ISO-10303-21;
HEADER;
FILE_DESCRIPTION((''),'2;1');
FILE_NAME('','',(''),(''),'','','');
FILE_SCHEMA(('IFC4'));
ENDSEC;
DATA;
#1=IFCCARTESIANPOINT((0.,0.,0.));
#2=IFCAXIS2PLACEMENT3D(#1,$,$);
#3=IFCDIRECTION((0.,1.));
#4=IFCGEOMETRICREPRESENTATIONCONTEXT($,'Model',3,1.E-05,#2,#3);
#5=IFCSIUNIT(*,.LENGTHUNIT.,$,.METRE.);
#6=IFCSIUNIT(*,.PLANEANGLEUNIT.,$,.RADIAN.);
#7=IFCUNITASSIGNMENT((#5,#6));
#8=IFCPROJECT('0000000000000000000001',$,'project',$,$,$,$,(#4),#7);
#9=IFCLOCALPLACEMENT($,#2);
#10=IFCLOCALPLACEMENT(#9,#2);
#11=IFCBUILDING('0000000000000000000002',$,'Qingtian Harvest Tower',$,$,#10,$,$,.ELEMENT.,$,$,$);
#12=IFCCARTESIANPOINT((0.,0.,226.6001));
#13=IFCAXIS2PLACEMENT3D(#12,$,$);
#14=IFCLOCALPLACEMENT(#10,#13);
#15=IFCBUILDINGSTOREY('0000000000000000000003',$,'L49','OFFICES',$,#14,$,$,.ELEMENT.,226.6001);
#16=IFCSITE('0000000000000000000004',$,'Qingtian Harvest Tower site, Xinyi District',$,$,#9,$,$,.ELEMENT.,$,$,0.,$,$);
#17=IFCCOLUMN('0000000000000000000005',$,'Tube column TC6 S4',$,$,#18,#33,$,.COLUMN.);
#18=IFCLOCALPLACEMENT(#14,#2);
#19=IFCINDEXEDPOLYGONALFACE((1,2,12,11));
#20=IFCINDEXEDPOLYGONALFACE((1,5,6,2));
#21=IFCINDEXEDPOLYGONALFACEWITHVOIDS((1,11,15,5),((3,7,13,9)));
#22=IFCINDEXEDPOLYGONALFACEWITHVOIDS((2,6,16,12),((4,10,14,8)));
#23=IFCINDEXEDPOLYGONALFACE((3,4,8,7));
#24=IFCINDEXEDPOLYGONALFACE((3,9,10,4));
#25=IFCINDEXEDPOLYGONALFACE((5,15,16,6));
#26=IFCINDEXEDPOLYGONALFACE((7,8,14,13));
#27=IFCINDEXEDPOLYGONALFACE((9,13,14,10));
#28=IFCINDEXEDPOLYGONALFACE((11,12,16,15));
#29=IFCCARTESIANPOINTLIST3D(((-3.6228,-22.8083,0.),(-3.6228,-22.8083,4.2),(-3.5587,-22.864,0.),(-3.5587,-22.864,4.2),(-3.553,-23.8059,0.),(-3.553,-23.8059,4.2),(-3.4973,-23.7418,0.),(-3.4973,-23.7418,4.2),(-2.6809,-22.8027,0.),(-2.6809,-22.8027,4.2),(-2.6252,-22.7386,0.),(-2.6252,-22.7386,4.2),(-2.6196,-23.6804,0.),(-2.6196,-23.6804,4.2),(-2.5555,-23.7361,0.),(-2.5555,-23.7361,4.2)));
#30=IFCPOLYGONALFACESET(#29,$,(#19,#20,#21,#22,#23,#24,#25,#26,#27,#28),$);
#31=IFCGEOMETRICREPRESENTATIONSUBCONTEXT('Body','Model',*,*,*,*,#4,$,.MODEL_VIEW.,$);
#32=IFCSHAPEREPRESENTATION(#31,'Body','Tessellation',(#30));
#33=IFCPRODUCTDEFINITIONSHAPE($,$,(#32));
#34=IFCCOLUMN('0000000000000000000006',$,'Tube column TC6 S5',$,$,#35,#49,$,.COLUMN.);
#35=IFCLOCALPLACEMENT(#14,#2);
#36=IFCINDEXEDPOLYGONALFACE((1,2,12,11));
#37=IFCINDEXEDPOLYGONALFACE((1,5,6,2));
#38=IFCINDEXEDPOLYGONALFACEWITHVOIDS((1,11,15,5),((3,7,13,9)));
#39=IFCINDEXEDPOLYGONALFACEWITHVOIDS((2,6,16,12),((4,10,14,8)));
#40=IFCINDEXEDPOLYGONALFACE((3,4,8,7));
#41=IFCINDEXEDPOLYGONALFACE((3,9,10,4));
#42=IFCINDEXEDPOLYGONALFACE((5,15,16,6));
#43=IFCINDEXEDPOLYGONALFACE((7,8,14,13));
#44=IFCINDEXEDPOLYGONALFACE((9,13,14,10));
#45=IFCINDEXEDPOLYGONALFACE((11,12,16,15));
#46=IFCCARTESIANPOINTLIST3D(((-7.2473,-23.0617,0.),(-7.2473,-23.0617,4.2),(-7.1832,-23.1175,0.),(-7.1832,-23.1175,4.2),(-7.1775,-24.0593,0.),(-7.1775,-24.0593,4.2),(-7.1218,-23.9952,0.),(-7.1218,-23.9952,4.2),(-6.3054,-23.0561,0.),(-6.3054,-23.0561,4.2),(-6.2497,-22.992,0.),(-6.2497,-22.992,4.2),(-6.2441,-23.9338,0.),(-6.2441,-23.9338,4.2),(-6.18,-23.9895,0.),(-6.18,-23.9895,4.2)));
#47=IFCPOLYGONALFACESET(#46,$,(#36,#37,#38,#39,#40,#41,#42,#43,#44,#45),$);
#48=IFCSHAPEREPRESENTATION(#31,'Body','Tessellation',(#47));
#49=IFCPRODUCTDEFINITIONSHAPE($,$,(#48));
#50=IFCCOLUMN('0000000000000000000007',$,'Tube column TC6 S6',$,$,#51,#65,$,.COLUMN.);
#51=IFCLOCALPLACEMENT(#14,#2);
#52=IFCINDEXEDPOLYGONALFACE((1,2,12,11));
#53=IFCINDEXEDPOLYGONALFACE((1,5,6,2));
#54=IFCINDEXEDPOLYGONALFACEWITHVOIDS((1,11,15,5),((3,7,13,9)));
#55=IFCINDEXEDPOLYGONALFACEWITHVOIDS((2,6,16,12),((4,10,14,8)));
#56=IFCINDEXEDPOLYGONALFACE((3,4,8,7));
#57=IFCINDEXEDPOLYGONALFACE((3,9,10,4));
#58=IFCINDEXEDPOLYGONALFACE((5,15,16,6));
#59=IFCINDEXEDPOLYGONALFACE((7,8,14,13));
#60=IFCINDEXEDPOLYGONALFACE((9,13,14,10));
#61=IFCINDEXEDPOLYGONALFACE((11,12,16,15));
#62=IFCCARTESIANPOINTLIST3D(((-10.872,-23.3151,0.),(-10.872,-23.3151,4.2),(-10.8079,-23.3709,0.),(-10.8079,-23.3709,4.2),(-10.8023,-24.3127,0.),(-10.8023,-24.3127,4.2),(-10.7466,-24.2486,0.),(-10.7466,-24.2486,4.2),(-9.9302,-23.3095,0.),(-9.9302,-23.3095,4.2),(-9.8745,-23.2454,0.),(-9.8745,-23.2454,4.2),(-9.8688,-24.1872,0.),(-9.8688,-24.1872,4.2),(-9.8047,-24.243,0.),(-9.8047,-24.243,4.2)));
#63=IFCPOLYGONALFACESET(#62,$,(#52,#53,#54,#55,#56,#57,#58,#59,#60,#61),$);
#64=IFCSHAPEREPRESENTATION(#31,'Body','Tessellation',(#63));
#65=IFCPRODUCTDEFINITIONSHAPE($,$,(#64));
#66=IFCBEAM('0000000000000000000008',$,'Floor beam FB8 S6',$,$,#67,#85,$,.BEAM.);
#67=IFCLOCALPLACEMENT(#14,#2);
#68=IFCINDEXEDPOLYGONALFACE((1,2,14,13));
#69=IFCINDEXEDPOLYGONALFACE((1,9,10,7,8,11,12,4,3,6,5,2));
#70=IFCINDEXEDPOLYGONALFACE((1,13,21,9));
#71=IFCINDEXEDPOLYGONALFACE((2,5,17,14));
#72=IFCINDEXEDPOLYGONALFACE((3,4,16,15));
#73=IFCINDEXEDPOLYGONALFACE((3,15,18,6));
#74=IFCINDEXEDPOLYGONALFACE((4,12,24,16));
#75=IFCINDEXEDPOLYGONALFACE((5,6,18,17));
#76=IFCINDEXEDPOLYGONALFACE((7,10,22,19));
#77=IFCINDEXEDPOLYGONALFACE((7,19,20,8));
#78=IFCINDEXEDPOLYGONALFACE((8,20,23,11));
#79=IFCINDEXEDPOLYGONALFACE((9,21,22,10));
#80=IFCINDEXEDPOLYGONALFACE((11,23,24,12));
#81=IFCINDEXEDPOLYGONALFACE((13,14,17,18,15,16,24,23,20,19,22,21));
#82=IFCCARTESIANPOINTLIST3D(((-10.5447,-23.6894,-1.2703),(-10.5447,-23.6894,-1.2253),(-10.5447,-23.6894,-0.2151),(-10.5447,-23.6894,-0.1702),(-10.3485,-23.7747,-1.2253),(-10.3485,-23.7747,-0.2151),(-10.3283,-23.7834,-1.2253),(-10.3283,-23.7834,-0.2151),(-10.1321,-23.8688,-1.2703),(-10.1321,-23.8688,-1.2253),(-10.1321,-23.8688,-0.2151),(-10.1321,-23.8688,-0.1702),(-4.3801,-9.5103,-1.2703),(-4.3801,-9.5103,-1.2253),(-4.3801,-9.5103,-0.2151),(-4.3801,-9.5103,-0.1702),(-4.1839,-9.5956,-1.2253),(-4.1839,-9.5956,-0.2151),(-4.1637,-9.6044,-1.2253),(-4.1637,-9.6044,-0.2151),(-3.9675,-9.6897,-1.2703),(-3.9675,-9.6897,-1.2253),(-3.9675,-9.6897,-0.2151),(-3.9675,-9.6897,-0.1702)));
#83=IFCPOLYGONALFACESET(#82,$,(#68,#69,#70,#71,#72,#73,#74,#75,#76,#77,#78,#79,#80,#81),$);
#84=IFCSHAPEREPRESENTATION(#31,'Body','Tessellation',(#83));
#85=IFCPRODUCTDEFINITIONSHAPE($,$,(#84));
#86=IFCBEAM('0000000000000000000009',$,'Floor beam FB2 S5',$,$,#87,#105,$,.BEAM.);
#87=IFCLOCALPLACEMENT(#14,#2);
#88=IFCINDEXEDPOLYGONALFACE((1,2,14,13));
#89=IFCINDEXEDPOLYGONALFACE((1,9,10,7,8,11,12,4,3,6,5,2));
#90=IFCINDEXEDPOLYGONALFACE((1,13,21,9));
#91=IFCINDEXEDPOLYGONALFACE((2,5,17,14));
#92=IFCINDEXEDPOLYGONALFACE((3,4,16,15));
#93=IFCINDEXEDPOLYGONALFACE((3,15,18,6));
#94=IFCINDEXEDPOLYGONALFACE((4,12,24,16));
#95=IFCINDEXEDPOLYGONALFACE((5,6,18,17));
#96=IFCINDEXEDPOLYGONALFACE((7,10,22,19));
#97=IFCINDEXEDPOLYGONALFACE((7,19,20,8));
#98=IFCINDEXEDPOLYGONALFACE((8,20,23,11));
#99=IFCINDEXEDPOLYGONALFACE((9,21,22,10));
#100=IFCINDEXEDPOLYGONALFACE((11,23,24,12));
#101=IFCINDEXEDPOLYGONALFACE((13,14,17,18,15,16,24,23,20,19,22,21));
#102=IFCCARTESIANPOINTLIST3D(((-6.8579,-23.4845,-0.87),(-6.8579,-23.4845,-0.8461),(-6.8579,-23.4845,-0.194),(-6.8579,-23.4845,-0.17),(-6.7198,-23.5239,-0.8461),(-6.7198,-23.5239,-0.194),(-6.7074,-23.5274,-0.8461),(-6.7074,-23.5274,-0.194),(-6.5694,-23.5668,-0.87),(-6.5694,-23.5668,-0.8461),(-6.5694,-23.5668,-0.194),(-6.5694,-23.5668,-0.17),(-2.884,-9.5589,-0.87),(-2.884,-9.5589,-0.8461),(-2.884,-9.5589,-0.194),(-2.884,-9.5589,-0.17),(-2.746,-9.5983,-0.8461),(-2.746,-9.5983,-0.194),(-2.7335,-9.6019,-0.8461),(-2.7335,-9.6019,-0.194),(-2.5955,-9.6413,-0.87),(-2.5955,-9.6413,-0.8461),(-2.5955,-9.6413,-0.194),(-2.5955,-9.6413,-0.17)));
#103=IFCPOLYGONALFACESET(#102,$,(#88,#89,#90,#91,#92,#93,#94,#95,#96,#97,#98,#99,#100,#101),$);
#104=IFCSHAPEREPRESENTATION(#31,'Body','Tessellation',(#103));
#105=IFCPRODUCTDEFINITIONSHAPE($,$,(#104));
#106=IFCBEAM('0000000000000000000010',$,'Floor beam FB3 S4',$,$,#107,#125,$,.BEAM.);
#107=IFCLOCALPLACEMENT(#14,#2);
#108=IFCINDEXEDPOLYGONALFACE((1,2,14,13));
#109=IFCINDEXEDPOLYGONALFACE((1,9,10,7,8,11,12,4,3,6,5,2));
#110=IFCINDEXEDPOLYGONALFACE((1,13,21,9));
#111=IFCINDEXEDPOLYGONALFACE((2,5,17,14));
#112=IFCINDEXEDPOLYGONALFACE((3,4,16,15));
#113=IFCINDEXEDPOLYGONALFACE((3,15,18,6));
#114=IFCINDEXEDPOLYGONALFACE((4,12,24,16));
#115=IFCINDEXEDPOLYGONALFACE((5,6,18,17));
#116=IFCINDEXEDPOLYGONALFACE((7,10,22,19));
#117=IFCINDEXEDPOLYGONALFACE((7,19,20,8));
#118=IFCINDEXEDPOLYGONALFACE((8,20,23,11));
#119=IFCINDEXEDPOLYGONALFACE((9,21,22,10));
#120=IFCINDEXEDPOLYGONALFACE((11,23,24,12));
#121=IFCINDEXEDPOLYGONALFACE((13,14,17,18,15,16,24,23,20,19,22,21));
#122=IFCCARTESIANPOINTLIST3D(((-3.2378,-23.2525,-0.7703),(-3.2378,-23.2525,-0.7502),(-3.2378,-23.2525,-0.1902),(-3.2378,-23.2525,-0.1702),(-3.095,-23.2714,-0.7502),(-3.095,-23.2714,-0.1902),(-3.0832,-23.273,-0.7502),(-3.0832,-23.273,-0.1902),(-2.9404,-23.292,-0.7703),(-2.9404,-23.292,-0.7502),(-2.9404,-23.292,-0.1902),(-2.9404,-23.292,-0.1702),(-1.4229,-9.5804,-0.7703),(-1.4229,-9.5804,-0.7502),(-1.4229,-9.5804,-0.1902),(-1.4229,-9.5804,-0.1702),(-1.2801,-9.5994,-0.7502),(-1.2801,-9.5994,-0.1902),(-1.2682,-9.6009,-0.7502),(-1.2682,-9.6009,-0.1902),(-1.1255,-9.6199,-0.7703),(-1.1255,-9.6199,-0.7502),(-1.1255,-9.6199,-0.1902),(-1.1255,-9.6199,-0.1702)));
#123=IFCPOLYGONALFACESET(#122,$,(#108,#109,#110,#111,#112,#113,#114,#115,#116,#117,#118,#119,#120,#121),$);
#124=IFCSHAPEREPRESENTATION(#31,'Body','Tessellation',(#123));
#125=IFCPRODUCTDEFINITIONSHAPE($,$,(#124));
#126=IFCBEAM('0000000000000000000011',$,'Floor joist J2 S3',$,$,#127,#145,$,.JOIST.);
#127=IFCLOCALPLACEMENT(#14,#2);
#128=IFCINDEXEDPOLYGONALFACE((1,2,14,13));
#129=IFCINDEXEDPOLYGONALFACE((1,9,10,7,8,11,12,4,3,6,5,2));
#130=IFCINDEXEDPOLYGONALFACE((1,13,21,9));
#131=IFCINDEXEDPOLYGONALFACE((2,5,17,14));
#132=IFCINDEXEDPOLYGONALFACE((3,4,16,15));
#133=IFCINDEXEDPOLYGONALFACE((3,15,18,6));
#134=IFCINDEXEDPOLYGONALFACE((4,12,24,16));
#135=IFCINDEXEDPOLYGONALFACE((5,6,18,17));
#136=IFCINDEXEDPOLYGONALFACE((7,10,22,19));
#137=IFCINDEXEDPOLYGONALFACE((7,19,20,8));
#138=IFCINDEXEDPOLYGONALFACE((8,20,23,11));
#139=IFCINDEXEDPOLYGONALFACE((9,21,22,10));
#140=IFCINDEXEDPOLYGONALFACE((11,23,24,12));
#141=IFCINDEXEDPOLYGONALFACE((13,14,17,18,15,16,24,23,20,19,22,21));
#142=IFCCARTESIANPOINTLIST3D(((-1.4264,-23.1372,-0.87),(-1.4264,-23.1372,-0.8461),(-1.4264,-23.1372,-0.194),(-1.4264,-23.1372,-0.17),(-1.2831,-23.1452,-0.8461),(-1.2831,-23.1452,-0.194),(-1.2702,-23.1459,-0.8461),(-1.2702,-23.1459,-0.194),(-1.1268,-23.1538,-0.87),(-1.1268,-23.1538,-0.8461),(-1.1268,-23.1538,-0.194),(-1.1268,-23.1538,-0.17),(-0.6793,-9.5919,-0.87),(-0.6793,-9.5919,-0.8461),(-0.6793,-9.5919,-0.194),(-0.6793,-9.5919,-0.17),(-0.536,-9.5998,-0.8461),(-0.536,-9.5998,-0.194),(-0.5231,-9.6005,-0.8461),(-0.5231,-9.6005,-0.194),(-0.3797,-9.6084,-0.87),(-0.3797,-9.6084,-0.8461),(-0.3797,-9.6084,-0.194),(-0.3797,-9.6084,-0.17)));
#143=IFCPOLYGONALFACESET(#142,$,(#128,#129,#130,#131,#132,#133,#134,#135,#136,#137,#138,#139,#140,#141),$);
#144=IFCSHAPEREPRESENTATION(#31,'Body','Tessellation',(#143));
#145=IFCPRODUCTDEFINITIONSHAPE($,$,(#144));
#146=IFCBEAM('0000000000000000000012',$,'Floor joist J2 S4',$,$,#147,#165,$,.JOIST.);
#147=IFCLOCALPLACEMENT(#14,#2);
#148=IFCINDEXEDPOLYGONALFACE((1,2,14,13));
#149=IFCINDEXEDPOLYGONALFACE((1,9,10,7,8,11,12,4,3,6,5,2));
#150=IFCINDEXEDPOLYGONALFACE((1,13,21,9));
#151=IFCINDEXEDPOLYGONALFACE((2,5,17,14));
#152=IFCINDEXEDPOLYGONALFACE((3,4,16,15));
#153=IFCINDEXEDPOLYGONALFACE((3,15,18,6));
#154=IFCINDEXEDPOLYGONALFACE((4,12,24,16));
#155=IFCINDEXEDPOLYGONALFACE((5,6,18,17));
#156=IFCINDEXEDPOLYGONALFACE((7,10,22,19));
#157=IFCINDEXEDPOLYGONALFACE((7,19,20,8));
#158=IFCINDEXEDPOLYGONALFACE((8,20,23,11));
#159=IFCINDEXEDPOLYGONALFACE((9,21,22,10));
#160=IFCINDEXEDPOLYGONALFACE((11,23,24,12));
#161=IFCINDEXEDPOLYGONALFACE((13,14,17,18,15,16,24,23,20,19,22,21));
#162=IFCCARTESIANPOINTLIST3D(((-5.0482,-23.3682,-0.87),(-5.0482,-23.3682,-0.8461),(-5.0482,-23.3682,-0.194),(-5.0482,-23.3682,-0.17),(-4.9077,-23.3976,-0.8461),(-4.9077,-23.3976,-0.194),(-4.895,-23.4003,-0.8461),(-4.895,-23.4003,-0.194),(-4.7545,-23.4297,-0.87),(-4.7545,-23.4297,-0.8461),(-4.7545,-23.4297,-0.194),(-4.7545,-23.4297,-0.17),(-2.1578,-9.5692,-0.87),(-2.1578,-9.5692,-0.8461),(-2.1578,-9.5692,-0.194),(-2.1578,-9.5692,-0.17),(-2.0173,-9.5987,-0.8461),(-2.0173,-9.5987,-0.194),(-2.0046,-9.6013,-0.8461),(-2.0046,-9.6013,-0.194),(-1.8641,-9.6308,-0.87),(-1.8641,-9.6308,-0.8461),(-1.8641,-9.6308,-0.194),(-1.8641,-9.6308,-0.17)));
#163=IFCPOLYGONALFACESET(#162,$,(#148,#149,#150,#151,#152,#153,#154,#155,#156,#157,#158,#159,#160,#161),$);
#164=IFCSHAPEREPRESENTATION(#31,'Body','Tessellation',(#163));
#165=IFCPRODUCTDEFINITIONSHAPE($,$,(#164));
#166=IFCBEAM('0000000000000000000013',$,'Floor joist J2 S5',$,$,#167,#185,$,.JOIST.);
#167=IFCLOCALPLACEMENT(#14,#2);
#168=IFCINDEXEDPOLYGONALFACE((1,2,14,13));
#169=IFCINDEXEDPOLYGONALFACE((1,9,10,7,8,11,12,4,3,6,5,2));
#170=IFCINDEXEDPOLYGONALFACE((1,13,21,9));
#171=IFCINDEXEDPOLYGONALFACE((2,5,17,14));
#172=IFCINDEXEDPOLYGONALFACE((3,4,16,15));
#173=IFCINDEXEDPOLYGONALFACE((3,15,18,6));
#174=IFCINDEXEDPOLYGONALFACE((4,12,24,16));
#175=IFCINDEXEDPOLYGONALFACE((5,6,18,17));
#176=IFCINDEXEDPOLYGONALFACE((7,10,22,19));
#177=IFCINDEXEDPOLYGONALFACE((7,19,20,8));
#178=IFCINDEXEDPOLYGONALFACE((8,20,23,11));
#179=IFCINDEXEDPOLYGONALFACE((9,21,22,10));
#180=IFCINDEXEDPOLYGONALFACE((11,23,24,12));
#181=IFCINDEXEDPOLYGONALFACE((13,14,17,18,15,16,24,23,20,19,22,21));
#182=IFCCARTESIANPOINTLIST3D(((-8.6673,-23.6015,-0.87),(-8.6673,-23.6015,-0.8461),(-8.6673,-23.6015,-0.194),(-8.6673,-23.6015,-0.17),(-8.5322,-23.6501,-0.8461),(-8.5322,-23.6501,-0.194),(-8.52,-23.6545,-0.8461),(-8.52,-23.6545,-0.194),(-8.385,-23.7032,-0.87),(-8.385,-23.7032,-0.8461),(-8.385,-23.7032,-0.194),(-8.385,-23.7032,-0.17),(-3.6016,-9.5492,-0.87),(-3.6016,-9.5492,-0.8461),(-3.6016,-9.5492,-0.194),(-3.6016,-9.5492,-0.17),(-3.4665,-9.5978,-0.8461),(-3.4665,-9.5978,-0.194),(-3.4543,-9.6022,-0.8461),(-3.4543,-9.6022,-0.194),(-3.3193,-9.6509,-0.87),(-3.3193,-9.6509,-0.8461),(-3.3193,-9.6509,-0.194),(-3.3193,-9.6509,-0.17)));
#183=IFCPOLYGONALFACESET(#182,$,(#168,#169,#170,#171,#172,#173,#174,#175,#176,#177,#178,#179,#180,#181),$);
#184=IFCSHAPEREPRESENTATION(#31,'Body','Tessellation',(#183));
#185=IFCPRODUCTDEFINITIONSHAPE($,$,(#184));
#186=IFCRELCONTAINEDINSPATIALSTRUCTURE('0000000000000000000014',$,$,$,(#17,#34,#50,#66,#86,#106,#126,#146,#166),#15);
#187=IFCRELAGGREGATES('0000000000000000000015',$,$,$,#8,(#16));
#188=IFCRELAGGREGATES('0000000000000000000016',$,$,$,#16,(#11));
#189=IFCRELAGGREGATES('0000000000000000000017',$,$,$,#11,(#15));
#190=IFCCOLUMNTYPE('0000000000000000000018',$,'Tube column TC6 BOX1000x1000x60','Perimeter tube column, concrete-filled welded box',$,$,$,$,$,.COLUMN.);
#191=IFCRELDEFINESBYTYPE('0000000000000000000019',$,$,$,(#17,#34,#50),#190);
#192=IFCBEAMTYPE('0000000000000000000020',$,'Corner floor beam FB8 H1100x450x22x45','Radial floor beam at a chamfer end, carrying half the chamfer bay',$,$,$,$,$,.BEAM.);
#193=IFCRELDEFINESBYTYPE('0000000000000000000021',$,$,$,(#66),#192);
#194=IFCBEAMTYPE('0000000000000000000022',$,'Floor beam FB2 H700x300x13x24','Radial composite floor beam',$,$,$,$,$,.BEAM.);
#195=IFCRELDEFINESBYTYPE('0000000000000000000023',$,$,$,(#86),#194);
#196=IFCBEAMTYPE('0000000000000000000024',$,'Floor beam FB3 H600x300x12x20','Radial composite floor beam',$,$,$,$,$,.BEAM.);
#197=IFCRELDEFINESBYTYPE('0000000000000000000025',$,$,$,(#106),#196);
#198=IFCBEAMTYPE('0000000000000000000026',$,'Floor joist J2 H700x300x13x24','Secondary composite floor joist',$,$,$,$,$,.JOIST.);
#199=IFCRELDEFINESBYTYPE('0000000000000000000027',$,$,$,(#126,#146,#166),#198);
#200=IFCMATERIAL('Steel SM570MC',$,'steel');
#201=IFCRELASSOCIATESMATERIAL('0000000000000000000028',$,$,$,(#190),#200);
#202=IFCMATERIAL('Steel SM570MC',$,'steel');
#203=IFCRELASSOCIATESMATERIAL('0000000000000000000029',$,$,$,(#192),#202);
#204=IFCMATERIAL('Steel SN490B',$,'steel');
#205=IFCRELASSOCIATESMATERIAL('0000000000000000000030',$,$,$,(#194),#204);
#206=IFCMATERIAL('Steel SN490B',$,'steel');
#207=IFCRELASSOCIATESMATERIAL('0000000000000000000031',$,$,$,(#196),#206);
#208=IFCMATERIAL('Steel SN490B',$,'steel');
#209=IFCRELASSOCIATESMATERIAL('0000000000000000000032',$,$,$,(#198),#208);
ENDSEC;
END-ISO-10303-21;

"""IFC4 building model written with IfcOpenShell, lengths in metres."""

from ifc_helpers import new_model, si_unit, direction, frame, origin, origin_2d, place, context, subcontext, project, spatial, hollow_rectangle, i_section, extrude, material, material_profile, profile_set, type_object, element, save


model = new_model("IFC4")

# Units and contexts
model_context = context("Model", 3, precision=1e-05, world=origin(), true_north=direction((0.0, 1.0)))
body_context = subcontext(model_context, "Body", "Model", "MODEL_VIEW")
ifc_project = project(units=[si_unit("LENGTHUNIT", "METRE"), si_unit("PLANEANGLEUNIT", "RADIAN")], contexts=[model_context])

# Site, building, storey
site_placement = place(None, origin())
site = spatial("IfcSite", under=ifc_project, at=site_placement, Name="Qingtian Harvest Tower site, Xinyi District", CompositionType="ELEMENT", RefElevation=0.0)
building_placement = place(site_placement, origin())
building = spatial("IfcBuilding", under=site, at=building_placement, Name="Qingtian Harvest Tower", CompositionType="ELEMENT")
storey_placement = place(building_placement, frame((0.0, 0.0, 226.6001)))
storey = spatial("IfcBuildingStorey", under=building, at=storey_placement, Name="L49", Description="OFFICES", CompositionType="ELEMENT", Elevation=226.6001)

# Columns
ifc_material_1 = material(Name="Steel SM570MC", Category="steel")
ifc_material_profile_1 = material_profile(ifc_material_1, hollow_rectangle(XDim=1.0, YDim=1.0, WallThickness=0.0601, at=origin_2d()), Name="BOX1000x1000x60")
ifc_profile_set_1 = profile_set([ifc_material_profile_1], Name="Steel SM570MC")
column_type = type_object("IfcColumnType", Name="Tube column TC6 BOX1000x1000x60", Description="Perimeter tube column, concrete-filled welded box", PredefinedType="COLUMN", material=ifc_profile_set_1)
for number, where, z_axis, x_axis, name in (
    (1, (-3.0891, -23.2722, 0.0), (0.0, 0.0, 1.0), (0.997564, 0.069756, 0.0), "Tube column TC6 S4"),
    (2, (-6.7136, -23.5256, 0.0), (0.0, 0.0, 1.0), (0.997564, 0.069756, 0.0), "Tube column TC6 S5"),
    (3, (-10.3384, -23.7791, 0.0), (0.0, 0.0, 1.0), (0.997564, 0.069756, 0.0), "Tube column TC6 S6"),
):
    element("IfcColumn", number, at=place(storey_placement, frame(where, z_axis=z_axis, x_axis=x_axis)), inside=storey, type_object=column_type, Name=name, PredefinedType="COLUMN", context=body_context, shape_type="SweptSolid", body=[
        extrude(hollow_rectangle(XDim=1.0, YDim=1.0, WallThickness=0.0601, at=origin_2d()), origin(), (0.0, 0.0, 1.0), 4.2),
    ])

# Beams
ifc_material_2 = material(Name="Steel SM570MC", Category="steel")
ifc_material_profile_2 = material_profile(ifc_material_2, i_section(OverallWidth=0.45, OverallDepth=1.1001, WebThickness=0.022, FlangeThickness=0.0449, at=origin_2d()), Name="H1100x450x22x45")
ifc_profile_set_2 = profile_set([ifc_material_profile_2], Name="Steel SM570MC")
beam_type_1 = type_object("IfcBeamType", Name="Corner floor beam FB8 H1100x450x22x45", Description="Radial floor beam at a chamfer end, carrying half the chamfer bay", PredefinedType="BEAM", material=ifc_profile_set_2)
beam_1_placement = place(storey_placement, frame((-10.3384, -23.7791, -0.7202), z_axis=(0.398715, 0.917075, 0.0), x_axis=(-0.917075, 0.398715, 0.0)))
element("IfcBeam", 4, at=beam_1_placement, inside=storey, type_object=beam_type_1, Name="Floor beam FB8 S6", PredefinedType="BEAM", context=body_context, shape_type="SweptSolid", body=[
    extrude(i_section(OverallWidth=0.45, OverallDepth=1.1001, WebThickness=0.022, FlangeThickness=0.0449, at=origin_2d()), origin(), (0.0, 0.0, 1.0), 15.4612),
])
ifc_material_3 = material(Name="Steel SN490B", Category="steel")
ifc_material_profile_3 = material_profile(ifc_material_3, i_section(OverallWidth=0.3, OverallDepth=0.7, WebThickness=0.0129, FlangeThickness=0.0239, at=origin_2d()), Name="H700x300x13x24")
ifc_profile_set_3 = profile_set([ifc_material_profile_3], Name="Steel SN490B")
beam_type_2 = type_object("IfcBeamType", Name="Floor beam FB2 H700x300x13x24", Description="Radial composite floor beam", PredefinedType="BEAM", material=ifc_profile_set_3)
beam_2_placement = place(storey_placement, frame((-6.7136, -23.5256, -0.52), z_axis=(0.274412, 0.961612, 0.0), x_axis=(-0.961612, 0.274412, 0.0)))
element("IfcBeam", 5, at=beam_2_placement, inside=storey, type_object=beam_type_2, Name="Floor beam FB2 S5", PredefinedType="BEAM", context=body_context, shape_type="SweptSolid", body=[
    extrude(i_section(OverallWidth=0.3, OverallDepth=0.7, WebThickness=0.0129, FlangeThickness=0.0239, at=origin_2d()), origin(), (0.0, 0.0, 1.0), 14.4814),
])
ifc_material_4 = material(Name="Steel SN490B", Category="steel")
ifc_material_profile_4 = material_profile(ifc_material_4, i_section(OverallWidth=0.3, OverallDepth=0.6001, WebThickness=0.012, FlangeThickness=0.02, at=origin_2d()), Name="H600x300x12x20")
ifc_profile_set_4 = profile_set([ifc_material_profile_4], Name="Steel SN490B")
beam_type_3 = type_object("IfcBeamType", Name="Floor beam FB3 H600x300x12x20", Description="Radial composite floor beam", PredefinedType="BEAM", material=ifc_profile_set_4)
beam_3_placement = place(storey_placement, frame((-3.0891, -23.2722, -0.4702), z_axis=(0.131593, 0.991304, 0.0), x_axis=(-0.991304, 0.131593, 0.0)))
element("IfcBeam", 6, at=beam_3_placement, inside=storey, type_object=beam_type_3, Name="Floor beam FB3 S4", PredefinedType="BEAM", context=body_context, shape_type="SweptSolid", body=[
    extrude(i_section(OverallWidth=0.3, OverallDepth=0.6001, WebThickness=0.012, FlangeThickness=0.02, at=origin_2d()), origin(), (0.0, 0.0, 1.0), 13.792),
])
ifc_material_5 = material(Name="Steel SN490B", Category="steel")
ifc_material_profile_5 = material_profile(ifc_material_5, i_section(OverallWidth=0.3, OverallDepth=0.7, WebThickness=0.0129, FlangeThickness=0.0239, at=origin_2d()), Name="H700x300x13x24")
ifc_profile_set_5 = profile_set([ifc_material_profile_5], Name="Steel SN490B")
beam_type_4 = type_object("IfcBeamType", Name="Floor joist J2 H700x300x13x24", Description="Secondary composite floor joist", PredefinedType="JOIST", material=ifc_profile_set_5)
beam_4_placement = place(storey_placement, frame((-1.2766, -23.1455, -0.52), z_axis=(0.055069, 0.998483, 0.0), x_axis=(-0.998483, 0.055069, 0.0)))
element("IfcBeam", 7, at=beam_4_placement, inside=storey, type_object=beam_type_4, Name="Floor joist J2 S3", PredefinedType="JOIST", context=body_context, shape_type="SweptSolid", body=[
    extrude(i_section(OverallWidth=0.3, OverallDepth=0.7, WebThickness=0.0129, FlangeThickness=0.0239, at=origin_2d()), origin(), (0.0, 0.0, 1.0), 13.5659),
])
beam_5_placement = place(storey_placement, frame((-4.9014, -23.3989, -0.52), z_axis=(0.205016, 0.978759, 0.0), x_axis=(-0.978759, 0.205016, 0.0)))
element("IfcBeam", 8, at=beam_5_placement, inside=storey, type_object=beam_type_4, Name="Floor joist J2 S4", PredefinedType="JOIST", context=body_context, shape_type="SweptSolid", body=[
    extrude(i_section(OverallWidth=0.3, OverallDepth=0.7, WebThickness=0.0129, FlangeThickness=0.0239, at=origin_2d()), origin(), (0.0, 0.0, 1.0), 14.0984),
])
beam_6_placement = place(storey_placement, frame((-8.5261, -23.6523, -0.52), z_axis=(0.339126, 0.940741, 0.0), x_axis=(-0.940741, 0.339126, 0.0)))
element("IfcBeam", 9, at=beam_6_placement, inside=storey, type_object=beam_type_4, Name="Floor joist J2 S5", PredefinedType="JOIST", context=body_context, shape_type="SweptSolid", body=[
    extrude(i_section(OverallWidth=0.3, OverallDepth=0.7, WebThickness=0.0129, FlangeThickness=0.0239, at=origin_2d()), origin(), (0.0, 0.0, 1.0), 14.9375),
])

save(model, "model.ifc")
